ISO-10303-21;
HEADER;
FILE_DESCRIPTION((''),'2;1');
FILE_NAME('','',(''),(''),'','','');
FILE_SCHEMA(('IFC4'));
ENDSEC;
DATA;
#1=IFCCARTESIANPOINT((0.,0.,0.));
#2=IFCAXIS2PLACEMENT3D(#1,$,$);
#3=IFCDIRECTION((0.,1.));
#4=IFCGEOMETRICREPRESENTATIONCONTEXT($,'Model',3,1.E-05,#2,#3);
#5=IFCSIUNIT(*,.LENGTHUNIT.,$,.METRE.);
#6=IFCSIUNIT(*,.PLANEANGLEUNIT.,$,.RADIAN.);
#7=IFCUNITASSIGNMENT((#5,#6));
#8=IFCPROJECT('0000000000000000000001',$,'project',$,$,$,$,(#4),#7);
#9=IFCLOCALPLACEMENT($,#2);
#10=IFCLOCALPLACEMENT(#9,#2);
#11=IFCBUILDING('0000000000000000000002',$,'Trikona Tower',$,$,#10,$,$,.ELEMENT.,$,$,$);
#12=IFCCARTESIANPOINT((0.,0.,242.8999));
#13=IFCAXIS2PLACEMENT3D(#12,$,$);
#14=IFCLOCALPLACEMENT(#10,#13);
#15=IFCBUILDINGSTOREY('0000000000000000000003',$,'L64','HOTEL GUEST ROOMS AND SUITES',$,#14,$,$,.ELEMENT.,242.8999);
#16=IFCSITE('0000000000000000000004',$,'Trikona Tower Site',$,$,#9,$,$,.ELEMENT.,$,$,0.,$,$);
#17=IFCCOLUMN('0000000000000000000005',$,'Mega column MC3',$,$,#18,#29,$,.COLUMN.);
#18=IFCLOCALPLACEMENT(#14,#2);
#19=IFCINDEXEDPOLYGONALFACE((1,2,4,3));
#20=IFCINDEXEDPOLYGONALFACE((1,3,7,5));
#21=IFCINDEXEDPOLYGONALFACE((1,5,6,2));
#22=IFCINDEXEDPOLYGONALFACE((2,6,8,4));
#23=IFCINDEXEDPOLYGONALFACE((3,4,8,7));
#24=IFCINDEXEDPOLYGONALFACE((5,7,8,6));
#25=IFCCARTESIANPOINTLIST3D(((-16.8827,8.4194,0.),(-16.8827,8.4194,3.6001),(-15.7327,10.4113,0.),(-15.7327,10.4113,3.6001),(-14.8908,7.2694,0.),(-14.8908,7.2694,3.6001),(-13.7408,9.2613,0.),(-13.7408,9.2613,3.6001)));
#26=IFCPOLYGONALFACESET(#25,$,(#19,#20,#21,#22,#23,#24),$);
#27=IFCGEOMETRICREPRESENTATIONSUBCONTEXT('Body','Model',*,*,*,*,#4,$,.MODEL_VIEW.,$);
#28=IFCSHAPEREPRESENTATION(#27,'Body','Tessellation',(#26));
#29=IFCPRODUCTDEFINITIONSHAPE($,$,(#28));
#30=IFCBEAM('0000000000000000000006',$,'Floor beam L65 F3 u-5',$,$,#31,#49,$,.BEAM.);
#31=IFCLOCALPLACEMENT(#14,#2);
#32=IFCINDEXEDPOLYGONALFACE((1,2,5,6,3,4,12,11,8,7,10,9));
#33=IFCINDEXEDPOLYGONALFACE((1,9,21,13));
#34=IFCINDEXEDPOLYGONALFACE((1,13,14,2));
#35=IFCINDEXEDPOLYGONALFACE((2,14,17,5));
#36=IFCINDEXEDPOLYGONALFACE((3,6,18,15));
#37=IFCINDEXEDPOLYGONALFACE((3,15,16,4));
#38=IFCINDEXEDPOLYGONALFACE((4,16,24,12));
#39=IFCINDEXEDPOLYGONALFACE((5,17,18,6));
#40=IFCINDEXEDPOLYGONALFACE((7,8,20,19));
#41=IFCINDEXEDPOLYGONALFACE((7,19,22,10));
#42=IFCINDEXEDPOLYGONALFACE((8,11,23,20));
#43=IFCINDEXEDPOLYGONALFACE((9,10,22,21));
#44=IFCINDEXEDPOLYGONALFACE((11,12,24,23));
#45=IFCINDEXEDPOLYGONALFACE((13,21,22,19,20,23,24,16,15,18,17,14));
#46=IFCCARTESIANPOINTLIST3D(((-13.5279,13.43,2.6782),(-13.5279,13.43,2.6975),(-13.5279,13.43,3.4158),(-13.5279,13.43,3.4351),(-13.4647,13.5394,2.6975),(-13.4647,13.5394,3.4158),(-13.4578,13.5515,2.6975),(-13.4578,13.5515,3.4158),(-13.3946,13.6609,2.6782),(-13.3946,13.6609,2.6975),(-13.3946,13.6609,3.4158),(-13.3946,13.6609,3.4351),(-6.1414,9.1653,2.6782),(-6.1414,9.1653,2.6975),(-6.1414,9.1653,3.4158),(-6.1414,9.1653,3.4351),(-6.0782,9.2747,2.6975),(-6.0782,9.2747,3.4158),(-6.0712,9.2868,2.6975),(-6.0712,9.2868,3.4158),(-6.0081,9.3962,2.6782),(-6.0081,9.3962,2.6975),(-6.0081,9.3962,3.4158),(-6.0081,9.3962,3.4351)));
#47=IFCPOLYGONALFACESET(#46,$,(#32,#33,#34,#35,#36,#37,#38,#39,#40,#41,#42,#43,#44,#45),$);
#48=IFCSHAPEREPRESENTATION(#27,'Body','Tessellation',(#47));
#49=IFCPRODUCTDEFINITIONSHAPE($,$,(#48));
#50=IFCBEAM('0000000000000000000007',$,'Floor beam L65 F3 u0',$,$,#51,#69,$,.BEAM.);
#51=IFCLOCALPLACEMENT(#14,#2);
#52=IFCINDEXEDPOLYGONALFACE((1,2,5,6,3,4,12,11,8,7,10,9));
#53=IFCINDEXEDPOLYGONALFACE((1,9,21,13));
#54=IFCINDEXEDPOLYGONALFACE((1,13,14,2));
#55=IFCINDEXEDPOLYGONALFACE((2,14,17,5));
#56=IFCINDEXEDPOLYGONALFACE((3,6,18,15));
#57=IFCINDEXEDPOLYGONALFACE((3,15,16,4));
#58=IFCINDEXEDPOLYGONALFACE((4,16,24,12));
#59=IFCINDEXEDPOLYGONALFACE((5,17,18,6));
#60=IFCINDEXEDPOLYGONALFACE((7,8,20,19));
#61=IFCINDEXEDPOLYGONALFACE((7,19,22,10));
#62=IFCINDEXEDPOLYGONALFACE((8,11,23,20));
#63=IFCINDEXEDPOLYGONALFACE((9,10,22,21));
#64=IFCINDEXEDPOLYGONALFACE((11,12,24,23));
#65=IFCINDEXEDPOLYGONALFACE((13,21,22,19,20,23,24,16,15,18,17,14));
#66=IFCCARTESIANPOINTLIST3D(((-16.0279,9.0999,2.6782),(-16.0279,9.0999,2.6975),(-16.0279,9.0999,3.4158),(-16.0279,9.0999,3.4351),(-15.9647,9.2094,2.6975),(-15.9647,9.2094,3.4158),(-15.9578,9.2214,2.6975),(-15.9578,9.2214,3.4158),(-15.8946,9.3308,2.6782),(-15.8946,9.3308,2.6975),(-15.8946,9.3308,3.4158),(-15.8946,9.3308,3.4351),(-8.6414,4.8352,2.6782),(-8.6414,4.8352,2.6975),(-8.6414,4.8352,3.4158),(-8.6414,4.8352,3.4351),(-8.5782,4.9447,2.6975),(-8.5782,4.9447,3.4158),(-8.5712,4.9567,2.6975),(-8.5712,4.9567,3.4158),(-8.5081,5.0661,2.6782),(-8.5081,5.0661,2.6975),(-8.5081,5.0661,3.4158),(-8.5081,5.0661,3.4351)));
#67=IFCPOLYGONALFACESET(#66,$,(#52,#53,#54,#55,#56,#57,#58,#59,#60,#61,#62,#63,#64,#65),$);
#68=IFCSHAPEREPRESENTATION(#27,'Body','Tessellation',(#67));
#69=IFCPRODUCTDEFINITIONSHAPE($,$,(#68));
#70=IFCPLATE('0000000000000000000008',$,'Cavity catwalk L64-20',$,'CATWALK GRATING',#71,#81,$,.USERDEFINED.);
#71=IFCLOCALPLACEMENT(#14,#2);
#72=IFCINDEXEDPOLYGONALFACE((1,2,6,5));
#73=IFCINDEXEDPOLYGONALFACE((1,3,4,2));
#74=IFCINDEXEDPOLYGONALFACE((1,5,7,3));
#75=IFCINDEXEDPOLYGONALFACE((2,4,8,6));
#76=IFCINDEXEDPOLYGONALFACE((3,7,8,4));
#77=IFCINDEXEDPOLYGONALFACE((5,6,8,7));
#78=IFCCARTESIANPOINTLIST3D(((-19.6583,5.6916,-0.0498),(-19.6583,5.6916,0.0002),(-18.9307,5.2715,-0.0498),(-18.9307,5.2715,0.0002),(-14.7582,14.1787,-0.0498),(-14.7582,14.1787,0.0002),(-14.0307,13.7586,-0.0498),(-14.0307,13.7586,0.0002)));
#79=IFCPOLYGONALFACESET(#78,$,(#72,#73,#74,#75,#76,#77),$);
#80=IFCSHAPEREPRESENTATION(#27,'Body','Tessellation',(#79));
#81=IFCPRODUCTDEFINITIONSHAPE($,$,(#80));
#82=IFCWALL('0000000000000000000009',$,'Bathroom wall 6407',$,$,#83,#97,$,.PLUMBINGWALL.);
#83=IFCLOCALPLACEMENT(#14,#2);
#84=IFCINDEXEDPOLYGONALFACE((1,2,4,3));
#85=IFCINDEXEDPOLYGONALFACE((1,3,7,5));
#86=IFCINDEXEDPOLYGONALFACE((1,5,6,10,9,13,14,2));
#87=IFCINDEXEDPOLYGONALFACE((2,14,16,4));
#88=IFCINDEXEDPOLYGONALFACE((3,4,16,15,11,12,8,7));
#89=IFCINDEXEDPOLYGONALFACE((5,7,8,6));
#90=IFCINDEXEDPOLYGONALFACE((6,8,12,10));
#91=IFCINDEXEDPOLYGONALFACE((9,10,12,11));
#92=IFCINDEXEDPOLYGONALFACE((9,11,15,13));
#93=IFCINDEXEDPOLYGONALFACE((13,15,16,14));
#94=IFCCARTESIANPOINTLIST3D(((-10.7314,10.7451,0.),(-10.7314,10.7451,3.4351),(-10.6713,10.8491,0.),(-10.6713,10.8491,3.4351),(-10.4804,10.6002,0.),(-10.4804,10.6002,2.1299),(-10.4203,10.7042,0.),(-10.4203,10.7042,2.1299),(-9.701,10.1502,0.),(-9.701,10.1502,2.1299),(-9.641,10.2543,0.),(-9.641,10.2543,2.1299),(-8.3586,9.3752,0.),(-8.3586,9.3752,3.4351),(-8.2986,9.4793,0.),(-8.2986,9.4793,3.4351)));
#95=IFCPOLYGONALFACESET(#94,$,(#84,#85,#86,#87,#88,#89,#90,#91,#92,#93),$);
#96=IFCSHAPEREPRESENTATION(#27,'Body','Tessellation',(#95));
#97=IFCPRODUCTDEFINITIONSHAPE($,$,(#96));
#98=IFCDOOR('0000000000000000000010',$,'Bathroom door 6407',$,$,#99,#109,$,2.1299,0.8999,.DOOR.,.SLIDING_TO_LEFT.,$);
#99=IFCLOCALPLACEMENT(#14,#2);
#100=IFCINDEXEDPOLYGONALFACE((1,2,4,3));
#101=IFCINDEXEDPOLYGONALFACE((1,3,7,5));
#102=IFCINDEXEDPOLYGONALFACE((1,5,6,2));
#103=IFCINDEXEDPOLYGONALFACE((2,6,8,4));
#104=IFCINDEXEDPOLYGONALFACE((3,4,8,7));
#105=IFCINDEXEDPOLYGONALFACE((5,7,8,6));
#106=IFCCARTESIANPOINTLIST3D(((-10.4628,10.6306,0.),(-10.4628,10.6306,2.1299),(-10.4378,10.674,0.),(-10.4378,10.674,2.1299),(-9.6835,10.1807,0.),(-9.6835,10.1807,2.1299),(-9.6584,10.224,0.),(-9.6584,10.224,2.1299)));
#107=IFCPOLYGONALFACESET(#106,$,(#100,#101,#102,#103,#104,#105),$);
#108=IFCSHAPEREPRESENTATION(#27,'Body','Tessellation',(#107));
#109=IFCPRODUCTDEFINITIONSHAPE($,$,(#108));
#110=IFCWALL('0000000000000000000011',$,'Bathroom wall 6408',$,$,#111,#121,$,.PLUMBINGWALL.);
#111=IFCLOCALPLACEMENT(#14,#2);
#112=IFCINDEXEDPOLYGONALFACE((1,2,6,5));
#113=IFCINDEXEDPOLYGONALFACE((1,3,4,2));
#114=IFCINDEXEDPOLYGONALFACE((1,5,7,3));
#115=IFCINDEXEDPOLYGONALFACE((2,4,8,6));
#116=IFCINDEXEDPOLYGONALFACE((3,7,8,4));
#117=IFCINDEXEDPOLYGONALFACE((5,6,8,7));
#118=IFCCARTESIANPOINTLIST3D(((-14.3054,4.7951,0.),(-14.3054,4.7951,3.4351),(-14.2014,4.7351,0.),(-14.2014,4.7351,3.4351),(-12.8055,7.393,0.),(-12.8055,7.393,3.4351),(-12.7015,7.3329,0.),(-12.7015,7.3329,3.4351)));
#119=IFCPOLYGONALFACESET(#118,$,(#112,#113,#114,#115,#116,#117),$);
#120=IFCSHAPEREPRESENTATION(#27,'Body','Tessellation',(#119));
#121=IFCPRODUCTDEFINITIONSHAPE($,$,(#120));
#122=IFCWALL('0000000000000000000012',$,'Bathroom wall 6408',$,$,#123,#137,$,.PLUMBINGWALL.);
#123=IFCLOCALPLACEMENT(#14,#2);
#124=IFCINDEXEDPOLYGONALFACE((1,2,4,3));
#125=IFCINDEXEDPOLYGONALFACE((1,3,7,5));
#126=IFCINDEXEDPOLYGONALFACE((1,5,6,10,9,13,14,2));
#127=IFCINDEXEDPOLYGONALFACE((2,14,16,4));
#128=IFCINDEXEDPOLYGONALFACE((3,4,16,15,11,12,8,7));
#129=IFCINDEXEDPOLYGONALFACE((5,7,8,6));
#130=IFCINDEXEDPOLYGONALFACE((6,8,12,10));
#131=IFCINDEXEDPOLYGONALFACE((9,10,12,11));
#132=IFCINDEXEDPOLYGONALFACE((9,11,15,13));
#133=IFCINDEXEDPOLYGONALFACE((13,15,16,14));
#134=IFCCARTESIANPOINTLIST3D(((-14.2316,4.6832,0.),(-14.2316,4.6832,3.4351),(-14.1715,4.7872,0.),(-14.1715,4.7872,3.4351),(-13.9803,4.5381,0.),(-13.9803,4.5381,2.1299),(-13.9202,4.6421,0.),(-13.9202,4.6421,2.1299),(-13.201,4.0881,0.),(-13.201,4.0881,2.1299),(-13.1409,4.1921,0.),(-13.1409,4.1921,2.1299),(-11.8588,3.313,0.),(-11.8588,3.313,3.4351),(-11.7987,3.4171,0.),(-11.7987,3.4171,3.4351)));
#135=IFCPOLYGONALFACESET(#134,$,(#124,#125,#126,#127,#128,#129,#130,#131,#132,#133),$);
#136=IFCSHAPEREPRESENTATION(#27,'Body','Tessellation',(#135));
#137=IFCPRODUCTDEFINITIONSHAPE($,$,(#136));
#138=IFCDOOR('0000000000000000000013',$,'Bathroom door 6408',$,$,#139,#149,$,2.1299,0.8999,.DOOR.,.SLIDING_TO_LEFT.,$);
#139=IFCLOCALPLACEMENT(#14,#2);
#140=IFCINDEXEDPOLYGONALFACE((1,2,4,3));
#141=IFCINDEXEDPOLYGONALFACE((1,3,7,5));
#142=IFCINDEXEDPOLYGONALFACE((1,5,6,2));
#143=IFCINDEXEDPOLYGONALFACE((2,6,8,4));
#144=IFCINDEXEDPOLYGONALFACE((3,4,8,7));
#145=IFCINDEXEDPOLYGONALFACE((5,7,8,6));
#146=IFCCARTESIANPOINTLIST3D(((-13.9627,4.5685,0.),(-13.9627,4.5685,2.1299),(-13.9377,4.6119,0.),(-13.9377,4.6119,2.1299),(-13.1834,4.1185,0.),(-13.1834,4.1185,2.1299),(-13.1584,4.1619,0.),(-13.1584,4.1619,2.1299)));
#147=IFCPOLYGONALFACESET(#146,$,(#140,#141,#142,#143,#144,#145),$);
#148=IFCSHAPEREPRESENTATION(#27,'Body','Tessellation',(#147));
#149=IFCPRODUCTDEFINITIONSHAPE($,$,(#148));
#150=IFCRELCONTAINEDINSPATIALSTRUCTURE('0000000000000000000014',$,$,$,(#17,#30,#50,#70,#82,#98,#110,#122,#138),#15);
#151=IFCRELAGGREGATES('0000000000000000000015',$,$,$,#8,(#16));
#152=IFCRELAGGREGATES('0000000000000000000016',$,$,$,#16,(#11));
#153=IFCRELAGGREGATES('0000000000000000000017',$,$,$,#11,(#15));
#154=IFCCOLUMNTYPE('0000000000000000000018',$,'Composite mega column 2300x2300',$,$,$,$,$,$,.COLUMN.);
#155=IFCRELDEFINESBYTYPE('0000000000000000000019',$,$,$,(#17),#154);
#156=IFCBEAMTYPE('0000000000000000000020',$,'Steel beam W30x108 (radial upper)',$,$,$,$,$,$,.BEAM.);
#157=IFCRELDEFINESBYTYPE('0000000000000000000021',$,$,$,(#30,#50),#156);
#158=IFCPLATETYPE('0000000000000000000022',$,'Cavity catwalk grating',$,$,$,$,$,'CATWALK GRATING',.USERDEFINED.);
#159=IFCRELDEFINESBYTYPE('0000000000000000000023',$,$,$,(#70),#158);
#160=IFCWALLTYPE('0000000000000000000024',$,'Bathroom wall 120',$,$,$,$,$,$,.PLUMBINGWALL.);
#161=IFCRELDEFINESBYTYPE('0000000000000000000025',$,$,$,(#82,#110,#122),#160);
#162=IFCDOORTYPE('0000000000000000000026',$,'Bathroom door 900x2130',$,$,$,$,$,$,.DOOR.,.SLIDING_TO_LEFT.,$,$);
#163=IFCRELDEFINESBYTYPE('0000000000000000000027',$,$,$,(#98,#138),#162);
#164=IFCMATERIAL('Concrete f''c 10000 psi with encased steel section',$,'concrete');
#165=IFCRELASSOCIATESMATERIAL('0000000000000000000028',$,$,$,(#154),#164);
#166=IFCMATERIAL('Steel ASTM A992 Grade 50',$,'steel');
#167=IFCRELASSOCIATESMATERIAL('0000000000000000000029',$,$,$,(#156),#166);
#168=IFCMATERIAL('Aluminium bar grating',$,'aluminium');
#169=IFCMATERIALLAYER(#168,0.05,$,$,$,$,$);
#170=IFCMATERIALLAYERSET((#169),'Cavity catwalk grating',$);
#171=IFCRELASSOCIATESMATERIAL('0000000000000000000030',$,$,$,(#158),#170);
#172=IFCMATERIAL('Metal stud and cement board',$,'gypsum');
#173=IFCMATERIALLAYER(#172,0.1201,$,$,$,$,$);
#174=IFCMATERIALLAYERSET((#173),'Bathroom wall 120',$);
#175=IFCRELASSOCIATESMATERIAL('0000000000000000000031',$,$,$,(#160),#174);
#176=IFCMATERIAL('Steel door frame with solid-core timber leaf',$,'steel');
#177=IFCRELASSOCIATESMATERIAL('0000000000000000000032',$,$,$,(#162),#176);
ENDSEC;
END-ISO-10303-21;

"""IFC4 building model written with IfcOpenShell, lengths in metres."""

from ifc_helpers import new_model, si_unit, direction, frame, frame_2d, origin, origin_2d, place, context, subcontext, project, spatial, rectangle, i_section, extrude, material, layer, layer_set, material_profile, profile_set, type_object, element, fill, save


model = new_model("IFC4")

# Units and contexts
model_context = context("Model", 3, precision=1e-05, world=origin(), true_north=direction((0.0, 1.0)))
body_context = subcontext(model_context, "Body", "Model", "MODEL_VIEW")
ifc_project = project(units=[si_unit("LENGTHUNIT", "METRE"), si_unit("PLANEANGLEUNIT", "RADIAN")], contexts=[model_context])

# Site, building, storey
site_placement = place(None, origin())
site = spatial("IfcSite", under=ifc_project, at=site_placement, Name="Trikona Tower Site", CompositionType="ELEMENT", RefElevation=0.0)
building_placement = place(site_placement, origin())
building = spatial("IfcBuilding", under=site, at=building_placement, Name="Trikona Tower", CompositionType="ELEMENT")
storey_placement = place(building_placement, frame((0.0, 0.0, 242.8999)))
storey = spatial("IfcBuildingStorey", under=building, at=storey_placement, Name="L64", Description="HOTEL GUEST ROOMS AND SUITES", CompositionType="ELEMENT", Elevation=242.8999)

# Column
ifc_material_1 = material(Name="Concrete f'c 10000 psi with encased steel section", Category="concrete")
ifc_material_profile_1 = material_profile(ifc_material_1, rectangle(XDim=2.3, YDim=2.3, at=origin_2d()), Name="MC2300")
ifc_profile_set_1 = profile_set([ifc_material_profile_1], Name="Concrete f'c 10000 psi with encased steel section")
column_type = type_object("IfcColumnType", Name="Composite mega column 2300x2300", PredefinedType="COLUMN", material=ifc_profile_set_1)
column_placement = place(storey_placement, frame((-15.3118, 8.8403, 0.0), z_axis=(0.0, 0.0, 1.0), x_axis=(-0.866025, 0.5, 0.0)))
element("IfcColumn", 1, at=column_placement, inside=storey, type_object=column_type, Name="Mega column MC3", PredefinedType="COLUMN", context=body_context, shape_type="SweptSolid", body=[
    extrude(rectangle(XDim=2.3, YDim=2.3, at=origin_2d()), origin(), (0.0, 0.0, 1.0), 3.6001),
])

# Beams
ifc_material_2 = material(Name="Steel ASTM A992 Grade 50", Category="steel")
ifc_material_profile_2 = material_profile(ifc_material_2, i_section(OverallWidth=0.2666, OverallDepth=0.7568, WebThickness=0.0139, FlangeThickness=0.0193, at=origin_2d()), Name="W30X108")
ifc_profile_set_2 = profile_set([ifc_material_profile_2], Name="Steel ASTM A992 Grade 50")
beam_type = type_object("IfcBeamType", Name="Steel beam W30x108 (radial upper)", PredefinedType="BEAM", material=ifc_profile_set_2)
for number, where, z_axis, x_axis, name in (
    (2, (-6.0747, 9.2808, 3.0566), (-0.866022, 0.500006, 0.0), (-0.500006, -0.866022, 0.0), "Floor beam L65 F3 u-5"),
    (3, (-8.5747, 4.9507, 3.0566), (-0.866022, 0.500006, 0.0), (-0.500006, -0.866022, 0.0), "Floor beam L65 F3 u0"),
):
    element("IfcBeam", number, at=place(storey_placement, frame(where, z_axis=z_axis, x_axis=x_axis)), inside=storey, type_object=beam_type, Name=name, PredefinedType="BEAM", context=body_context, shape_type="SweptSolid", body=[
        extrude(i_section(OverallWidth=0.2666, OverallDepth=0.7568, WebThickness=0.0139, FlangeThickness=0.0193, at=origin_2d()), origin(), (0.0, 0.0, 1.0), 8.5293),
    ])

# Plate
ifc_material_3 = material(Name="Aluminium bar grating", Category="aluminium")
ifc_layer_1 = layer(ifc_material_3, 0.05)
ifc_layer_set_1 = layer_set([ifc_layer_1], Name="Cavity catwalk grating")
plate_type = type_object("IfcPlateType", Name="Cavity catwalk grating", ElementType="CATWALK GRATING", PredefinedType="USERDEFINED", material=ifc_layer_set_1)
plate_placement = place(storey_placement, frame((-16.8445, 9.7251, -0.0498), z_axis=(0.0, 0.0, 1.0), x_axis=(-0.499998, -0.866026, 0.0)))
element("IfcPlate", 4, at=plate_placement, inside=storey, type_object=plate_type, Name="Cavity catwalk L64-20", ObjectType="CATWALK GRATING", PredefinedType="USERDEFINED", context=body_context, shape_type="SweptSolid", body=[
    extrude(rectangle(XDim=9.8, YDim=0.8401, at=origin_2d()), origin(), (0.0, 0.0, 1.0), 0.05),
])

# Wall, opening, door
ifc_material_4 = material(Name="Metal stud and cement board", Category="gypsum")
ifc_layer_2 = layer(ifc_material_4, 0.1201)
ifc_layer_set_2 = layer_set([ifc_layer_2], Name="Bathroom wall 120")
wall_type_1 = type_object("IfcWallType", Name="Bathroom wall 120", PredefinedType="PLUMBINGWALL", material=ifc_layer_set_2)
wall_1_placement = place(storey_placement, frame((-8.3286, 9.4272, 0.0), z_axis=(0.0, 0.0, 1.0), x_axis=(-0.866036, 0.499982, 0.0)))
wall_1 = element("IfcWall", 5, at=wall_1_placement, inside=storey, type_object=wall_type_1, Name="Bathroom wall 6407", PredefinedType="PLUMBINGWALL", context=body_context, shape_type="SweptSolid", body=[
    extrude(rectangle(XDim=2.7397, YDim=0.1201, at=frame_2d((1.3699, 0.0))), origin(), (0.0, 0.0, 1.0), 3.4351),
])
opening_1_placement = place(wall_1_placement, frame((1.55, 0.0, 0.0)))
opening_1 = element("IfcOpeningElement", 6, at=opening_1_placement, cuts=wall_1, PredefinedType="OPENING", context=body_context, shape_type="SweptSolid", body=[
    extrude(rectangle(XDim=0.8999, YDim=2.1299, at=frame_2d((0.45, 1.0649))), frame((0.0, 0.0701, 0.0), z_axis=(0.0, -1.0, 0.0), x_axis=(1.0, 0.0, 0.0)), (0.0, 0.0, 1.0), 0.1401),
])
ifc_material_5 = material(Name="Steel door frame with solid-core timber leaf", Category="steel")
door_type_1 = type_object("IfcDoorType", Name="Bathroom door 900x2130", OperationType="SLIDING_TO_LEFT", PredefinedType="DOOR", material=ifc_material_5)
door_1_placement = place(opening_1_placement, origin())
door_1 = element("IfcDoor", 7, at=door_1_placement, inside=storey, type_object=door_type_1, Name="Bathroom door 6407", OperationType="SLIDING_TO_LEFT", OverallHeight=2.1299, OverallWidth=0.8999, PredefinedType="DOOR", context=body_context, shape_type="SweptSolid", body=[
    extrude(rectangle(XDim=0.8999, YDim=2.1299, at=frame_2d((0.45, 1.0649))), frame((0.0, 0.0249, 0.0), z_axis=(0.0, -1.0, 0.0), x_axis=(1.0, 0.0, 0.0)), (0.0, 0.0, 1.0), 0.05),
])
fill(opening_1, door_1)

# Wall
wall_2_placement = place(storey_placement, frame((-12.7534, 7.363, 0.0), z_axis=(0.0, 0.0, 1.0), x_axis=(-0.500025, -0.866011, 0.0)))
element("IfcWall", 8, at=wall_2_placement, inside=storey, type_object=wall_type_1, Name="Bathroom wall 6408", PredefinedType="PLUMBINGWALL", context=body_context, shape_type="SweptSolid", body=[
    extrude(rectangle(XDim=2.9998, YDim=0.1201, at=frame_2d((1.5, 0.0))), origin(), (0.0, 0.0, 1.0), 3.4351),
])

# Wall, opening, door
wall_3_placement = place(storey_placement, frame((-11.8286, 3.365, 0.0), z_axis=(0.0, 0.0, 1.0), x_axis=(-0.865997, 0.500049, 0.0)))
wall_3 = element("IfcWall", 9, at=wall_3_placement, inside=storey, type_object=wall_type_1, Name="Bathroom wall 6408", PredefinedType="PLUMBINGWALL", context=body_context, shape_type="SweptSolid", body=[
    extrude(rectangle(XDim=2.74, YDim=0.1201, at=frame_2d((1.3701, 0.0))), origin(), (0.0, 0.0, 1.0), 3.4351),
])
opening_2_placement = place(wall_3_placement, frame((1.55, 0.0, 0.0)))
opening_2 = element("IfcOpeningElement", 10, at=opening_2_placement, cuts=wall_3, PredefinedType="OPENING", context=body_context, shape_type="SweptSolid", body=[
    extrude(rectangle(XDim=0.8999, YDim=2.1299, at=frame_2d((0.45, 1.0649))), frame((0.0, 0.0701, 0.0), z_axis=(0.0, -1.0, 0.0), x_axis=(1.0, 0.0, 0.0)), (0.0, 0.0, 1.0), 0.1401),
])
door_2_placement = place(opening_2_placement, origin())
door_2 = element("IfcDoor", 11, at=door_2_placement, inside=storey, type_object=door_type_1, Name="Bathroom door 6408", OperationType="SLIDING_TO_LEFT", OverallHeight=2.1299, OverallWidth=0.8999, PredefinedType="DOOR", context=body_context, shape_type="SweptSolid", body=[
    extrude(rectangle(XDim=0.8999, YDim=2.1299, at=frame_2d((0.45, 1.0649))), frame((0.0, 0.0249, 0.0), z_axis=(0.0, -1.0, 0.0), x_axis=(1.0, 0.0, 0.0)), (0.0, 0.0, 1.0), 0.05),
])
fill(opening_2, door_2)

save(model, "model.ifc")
